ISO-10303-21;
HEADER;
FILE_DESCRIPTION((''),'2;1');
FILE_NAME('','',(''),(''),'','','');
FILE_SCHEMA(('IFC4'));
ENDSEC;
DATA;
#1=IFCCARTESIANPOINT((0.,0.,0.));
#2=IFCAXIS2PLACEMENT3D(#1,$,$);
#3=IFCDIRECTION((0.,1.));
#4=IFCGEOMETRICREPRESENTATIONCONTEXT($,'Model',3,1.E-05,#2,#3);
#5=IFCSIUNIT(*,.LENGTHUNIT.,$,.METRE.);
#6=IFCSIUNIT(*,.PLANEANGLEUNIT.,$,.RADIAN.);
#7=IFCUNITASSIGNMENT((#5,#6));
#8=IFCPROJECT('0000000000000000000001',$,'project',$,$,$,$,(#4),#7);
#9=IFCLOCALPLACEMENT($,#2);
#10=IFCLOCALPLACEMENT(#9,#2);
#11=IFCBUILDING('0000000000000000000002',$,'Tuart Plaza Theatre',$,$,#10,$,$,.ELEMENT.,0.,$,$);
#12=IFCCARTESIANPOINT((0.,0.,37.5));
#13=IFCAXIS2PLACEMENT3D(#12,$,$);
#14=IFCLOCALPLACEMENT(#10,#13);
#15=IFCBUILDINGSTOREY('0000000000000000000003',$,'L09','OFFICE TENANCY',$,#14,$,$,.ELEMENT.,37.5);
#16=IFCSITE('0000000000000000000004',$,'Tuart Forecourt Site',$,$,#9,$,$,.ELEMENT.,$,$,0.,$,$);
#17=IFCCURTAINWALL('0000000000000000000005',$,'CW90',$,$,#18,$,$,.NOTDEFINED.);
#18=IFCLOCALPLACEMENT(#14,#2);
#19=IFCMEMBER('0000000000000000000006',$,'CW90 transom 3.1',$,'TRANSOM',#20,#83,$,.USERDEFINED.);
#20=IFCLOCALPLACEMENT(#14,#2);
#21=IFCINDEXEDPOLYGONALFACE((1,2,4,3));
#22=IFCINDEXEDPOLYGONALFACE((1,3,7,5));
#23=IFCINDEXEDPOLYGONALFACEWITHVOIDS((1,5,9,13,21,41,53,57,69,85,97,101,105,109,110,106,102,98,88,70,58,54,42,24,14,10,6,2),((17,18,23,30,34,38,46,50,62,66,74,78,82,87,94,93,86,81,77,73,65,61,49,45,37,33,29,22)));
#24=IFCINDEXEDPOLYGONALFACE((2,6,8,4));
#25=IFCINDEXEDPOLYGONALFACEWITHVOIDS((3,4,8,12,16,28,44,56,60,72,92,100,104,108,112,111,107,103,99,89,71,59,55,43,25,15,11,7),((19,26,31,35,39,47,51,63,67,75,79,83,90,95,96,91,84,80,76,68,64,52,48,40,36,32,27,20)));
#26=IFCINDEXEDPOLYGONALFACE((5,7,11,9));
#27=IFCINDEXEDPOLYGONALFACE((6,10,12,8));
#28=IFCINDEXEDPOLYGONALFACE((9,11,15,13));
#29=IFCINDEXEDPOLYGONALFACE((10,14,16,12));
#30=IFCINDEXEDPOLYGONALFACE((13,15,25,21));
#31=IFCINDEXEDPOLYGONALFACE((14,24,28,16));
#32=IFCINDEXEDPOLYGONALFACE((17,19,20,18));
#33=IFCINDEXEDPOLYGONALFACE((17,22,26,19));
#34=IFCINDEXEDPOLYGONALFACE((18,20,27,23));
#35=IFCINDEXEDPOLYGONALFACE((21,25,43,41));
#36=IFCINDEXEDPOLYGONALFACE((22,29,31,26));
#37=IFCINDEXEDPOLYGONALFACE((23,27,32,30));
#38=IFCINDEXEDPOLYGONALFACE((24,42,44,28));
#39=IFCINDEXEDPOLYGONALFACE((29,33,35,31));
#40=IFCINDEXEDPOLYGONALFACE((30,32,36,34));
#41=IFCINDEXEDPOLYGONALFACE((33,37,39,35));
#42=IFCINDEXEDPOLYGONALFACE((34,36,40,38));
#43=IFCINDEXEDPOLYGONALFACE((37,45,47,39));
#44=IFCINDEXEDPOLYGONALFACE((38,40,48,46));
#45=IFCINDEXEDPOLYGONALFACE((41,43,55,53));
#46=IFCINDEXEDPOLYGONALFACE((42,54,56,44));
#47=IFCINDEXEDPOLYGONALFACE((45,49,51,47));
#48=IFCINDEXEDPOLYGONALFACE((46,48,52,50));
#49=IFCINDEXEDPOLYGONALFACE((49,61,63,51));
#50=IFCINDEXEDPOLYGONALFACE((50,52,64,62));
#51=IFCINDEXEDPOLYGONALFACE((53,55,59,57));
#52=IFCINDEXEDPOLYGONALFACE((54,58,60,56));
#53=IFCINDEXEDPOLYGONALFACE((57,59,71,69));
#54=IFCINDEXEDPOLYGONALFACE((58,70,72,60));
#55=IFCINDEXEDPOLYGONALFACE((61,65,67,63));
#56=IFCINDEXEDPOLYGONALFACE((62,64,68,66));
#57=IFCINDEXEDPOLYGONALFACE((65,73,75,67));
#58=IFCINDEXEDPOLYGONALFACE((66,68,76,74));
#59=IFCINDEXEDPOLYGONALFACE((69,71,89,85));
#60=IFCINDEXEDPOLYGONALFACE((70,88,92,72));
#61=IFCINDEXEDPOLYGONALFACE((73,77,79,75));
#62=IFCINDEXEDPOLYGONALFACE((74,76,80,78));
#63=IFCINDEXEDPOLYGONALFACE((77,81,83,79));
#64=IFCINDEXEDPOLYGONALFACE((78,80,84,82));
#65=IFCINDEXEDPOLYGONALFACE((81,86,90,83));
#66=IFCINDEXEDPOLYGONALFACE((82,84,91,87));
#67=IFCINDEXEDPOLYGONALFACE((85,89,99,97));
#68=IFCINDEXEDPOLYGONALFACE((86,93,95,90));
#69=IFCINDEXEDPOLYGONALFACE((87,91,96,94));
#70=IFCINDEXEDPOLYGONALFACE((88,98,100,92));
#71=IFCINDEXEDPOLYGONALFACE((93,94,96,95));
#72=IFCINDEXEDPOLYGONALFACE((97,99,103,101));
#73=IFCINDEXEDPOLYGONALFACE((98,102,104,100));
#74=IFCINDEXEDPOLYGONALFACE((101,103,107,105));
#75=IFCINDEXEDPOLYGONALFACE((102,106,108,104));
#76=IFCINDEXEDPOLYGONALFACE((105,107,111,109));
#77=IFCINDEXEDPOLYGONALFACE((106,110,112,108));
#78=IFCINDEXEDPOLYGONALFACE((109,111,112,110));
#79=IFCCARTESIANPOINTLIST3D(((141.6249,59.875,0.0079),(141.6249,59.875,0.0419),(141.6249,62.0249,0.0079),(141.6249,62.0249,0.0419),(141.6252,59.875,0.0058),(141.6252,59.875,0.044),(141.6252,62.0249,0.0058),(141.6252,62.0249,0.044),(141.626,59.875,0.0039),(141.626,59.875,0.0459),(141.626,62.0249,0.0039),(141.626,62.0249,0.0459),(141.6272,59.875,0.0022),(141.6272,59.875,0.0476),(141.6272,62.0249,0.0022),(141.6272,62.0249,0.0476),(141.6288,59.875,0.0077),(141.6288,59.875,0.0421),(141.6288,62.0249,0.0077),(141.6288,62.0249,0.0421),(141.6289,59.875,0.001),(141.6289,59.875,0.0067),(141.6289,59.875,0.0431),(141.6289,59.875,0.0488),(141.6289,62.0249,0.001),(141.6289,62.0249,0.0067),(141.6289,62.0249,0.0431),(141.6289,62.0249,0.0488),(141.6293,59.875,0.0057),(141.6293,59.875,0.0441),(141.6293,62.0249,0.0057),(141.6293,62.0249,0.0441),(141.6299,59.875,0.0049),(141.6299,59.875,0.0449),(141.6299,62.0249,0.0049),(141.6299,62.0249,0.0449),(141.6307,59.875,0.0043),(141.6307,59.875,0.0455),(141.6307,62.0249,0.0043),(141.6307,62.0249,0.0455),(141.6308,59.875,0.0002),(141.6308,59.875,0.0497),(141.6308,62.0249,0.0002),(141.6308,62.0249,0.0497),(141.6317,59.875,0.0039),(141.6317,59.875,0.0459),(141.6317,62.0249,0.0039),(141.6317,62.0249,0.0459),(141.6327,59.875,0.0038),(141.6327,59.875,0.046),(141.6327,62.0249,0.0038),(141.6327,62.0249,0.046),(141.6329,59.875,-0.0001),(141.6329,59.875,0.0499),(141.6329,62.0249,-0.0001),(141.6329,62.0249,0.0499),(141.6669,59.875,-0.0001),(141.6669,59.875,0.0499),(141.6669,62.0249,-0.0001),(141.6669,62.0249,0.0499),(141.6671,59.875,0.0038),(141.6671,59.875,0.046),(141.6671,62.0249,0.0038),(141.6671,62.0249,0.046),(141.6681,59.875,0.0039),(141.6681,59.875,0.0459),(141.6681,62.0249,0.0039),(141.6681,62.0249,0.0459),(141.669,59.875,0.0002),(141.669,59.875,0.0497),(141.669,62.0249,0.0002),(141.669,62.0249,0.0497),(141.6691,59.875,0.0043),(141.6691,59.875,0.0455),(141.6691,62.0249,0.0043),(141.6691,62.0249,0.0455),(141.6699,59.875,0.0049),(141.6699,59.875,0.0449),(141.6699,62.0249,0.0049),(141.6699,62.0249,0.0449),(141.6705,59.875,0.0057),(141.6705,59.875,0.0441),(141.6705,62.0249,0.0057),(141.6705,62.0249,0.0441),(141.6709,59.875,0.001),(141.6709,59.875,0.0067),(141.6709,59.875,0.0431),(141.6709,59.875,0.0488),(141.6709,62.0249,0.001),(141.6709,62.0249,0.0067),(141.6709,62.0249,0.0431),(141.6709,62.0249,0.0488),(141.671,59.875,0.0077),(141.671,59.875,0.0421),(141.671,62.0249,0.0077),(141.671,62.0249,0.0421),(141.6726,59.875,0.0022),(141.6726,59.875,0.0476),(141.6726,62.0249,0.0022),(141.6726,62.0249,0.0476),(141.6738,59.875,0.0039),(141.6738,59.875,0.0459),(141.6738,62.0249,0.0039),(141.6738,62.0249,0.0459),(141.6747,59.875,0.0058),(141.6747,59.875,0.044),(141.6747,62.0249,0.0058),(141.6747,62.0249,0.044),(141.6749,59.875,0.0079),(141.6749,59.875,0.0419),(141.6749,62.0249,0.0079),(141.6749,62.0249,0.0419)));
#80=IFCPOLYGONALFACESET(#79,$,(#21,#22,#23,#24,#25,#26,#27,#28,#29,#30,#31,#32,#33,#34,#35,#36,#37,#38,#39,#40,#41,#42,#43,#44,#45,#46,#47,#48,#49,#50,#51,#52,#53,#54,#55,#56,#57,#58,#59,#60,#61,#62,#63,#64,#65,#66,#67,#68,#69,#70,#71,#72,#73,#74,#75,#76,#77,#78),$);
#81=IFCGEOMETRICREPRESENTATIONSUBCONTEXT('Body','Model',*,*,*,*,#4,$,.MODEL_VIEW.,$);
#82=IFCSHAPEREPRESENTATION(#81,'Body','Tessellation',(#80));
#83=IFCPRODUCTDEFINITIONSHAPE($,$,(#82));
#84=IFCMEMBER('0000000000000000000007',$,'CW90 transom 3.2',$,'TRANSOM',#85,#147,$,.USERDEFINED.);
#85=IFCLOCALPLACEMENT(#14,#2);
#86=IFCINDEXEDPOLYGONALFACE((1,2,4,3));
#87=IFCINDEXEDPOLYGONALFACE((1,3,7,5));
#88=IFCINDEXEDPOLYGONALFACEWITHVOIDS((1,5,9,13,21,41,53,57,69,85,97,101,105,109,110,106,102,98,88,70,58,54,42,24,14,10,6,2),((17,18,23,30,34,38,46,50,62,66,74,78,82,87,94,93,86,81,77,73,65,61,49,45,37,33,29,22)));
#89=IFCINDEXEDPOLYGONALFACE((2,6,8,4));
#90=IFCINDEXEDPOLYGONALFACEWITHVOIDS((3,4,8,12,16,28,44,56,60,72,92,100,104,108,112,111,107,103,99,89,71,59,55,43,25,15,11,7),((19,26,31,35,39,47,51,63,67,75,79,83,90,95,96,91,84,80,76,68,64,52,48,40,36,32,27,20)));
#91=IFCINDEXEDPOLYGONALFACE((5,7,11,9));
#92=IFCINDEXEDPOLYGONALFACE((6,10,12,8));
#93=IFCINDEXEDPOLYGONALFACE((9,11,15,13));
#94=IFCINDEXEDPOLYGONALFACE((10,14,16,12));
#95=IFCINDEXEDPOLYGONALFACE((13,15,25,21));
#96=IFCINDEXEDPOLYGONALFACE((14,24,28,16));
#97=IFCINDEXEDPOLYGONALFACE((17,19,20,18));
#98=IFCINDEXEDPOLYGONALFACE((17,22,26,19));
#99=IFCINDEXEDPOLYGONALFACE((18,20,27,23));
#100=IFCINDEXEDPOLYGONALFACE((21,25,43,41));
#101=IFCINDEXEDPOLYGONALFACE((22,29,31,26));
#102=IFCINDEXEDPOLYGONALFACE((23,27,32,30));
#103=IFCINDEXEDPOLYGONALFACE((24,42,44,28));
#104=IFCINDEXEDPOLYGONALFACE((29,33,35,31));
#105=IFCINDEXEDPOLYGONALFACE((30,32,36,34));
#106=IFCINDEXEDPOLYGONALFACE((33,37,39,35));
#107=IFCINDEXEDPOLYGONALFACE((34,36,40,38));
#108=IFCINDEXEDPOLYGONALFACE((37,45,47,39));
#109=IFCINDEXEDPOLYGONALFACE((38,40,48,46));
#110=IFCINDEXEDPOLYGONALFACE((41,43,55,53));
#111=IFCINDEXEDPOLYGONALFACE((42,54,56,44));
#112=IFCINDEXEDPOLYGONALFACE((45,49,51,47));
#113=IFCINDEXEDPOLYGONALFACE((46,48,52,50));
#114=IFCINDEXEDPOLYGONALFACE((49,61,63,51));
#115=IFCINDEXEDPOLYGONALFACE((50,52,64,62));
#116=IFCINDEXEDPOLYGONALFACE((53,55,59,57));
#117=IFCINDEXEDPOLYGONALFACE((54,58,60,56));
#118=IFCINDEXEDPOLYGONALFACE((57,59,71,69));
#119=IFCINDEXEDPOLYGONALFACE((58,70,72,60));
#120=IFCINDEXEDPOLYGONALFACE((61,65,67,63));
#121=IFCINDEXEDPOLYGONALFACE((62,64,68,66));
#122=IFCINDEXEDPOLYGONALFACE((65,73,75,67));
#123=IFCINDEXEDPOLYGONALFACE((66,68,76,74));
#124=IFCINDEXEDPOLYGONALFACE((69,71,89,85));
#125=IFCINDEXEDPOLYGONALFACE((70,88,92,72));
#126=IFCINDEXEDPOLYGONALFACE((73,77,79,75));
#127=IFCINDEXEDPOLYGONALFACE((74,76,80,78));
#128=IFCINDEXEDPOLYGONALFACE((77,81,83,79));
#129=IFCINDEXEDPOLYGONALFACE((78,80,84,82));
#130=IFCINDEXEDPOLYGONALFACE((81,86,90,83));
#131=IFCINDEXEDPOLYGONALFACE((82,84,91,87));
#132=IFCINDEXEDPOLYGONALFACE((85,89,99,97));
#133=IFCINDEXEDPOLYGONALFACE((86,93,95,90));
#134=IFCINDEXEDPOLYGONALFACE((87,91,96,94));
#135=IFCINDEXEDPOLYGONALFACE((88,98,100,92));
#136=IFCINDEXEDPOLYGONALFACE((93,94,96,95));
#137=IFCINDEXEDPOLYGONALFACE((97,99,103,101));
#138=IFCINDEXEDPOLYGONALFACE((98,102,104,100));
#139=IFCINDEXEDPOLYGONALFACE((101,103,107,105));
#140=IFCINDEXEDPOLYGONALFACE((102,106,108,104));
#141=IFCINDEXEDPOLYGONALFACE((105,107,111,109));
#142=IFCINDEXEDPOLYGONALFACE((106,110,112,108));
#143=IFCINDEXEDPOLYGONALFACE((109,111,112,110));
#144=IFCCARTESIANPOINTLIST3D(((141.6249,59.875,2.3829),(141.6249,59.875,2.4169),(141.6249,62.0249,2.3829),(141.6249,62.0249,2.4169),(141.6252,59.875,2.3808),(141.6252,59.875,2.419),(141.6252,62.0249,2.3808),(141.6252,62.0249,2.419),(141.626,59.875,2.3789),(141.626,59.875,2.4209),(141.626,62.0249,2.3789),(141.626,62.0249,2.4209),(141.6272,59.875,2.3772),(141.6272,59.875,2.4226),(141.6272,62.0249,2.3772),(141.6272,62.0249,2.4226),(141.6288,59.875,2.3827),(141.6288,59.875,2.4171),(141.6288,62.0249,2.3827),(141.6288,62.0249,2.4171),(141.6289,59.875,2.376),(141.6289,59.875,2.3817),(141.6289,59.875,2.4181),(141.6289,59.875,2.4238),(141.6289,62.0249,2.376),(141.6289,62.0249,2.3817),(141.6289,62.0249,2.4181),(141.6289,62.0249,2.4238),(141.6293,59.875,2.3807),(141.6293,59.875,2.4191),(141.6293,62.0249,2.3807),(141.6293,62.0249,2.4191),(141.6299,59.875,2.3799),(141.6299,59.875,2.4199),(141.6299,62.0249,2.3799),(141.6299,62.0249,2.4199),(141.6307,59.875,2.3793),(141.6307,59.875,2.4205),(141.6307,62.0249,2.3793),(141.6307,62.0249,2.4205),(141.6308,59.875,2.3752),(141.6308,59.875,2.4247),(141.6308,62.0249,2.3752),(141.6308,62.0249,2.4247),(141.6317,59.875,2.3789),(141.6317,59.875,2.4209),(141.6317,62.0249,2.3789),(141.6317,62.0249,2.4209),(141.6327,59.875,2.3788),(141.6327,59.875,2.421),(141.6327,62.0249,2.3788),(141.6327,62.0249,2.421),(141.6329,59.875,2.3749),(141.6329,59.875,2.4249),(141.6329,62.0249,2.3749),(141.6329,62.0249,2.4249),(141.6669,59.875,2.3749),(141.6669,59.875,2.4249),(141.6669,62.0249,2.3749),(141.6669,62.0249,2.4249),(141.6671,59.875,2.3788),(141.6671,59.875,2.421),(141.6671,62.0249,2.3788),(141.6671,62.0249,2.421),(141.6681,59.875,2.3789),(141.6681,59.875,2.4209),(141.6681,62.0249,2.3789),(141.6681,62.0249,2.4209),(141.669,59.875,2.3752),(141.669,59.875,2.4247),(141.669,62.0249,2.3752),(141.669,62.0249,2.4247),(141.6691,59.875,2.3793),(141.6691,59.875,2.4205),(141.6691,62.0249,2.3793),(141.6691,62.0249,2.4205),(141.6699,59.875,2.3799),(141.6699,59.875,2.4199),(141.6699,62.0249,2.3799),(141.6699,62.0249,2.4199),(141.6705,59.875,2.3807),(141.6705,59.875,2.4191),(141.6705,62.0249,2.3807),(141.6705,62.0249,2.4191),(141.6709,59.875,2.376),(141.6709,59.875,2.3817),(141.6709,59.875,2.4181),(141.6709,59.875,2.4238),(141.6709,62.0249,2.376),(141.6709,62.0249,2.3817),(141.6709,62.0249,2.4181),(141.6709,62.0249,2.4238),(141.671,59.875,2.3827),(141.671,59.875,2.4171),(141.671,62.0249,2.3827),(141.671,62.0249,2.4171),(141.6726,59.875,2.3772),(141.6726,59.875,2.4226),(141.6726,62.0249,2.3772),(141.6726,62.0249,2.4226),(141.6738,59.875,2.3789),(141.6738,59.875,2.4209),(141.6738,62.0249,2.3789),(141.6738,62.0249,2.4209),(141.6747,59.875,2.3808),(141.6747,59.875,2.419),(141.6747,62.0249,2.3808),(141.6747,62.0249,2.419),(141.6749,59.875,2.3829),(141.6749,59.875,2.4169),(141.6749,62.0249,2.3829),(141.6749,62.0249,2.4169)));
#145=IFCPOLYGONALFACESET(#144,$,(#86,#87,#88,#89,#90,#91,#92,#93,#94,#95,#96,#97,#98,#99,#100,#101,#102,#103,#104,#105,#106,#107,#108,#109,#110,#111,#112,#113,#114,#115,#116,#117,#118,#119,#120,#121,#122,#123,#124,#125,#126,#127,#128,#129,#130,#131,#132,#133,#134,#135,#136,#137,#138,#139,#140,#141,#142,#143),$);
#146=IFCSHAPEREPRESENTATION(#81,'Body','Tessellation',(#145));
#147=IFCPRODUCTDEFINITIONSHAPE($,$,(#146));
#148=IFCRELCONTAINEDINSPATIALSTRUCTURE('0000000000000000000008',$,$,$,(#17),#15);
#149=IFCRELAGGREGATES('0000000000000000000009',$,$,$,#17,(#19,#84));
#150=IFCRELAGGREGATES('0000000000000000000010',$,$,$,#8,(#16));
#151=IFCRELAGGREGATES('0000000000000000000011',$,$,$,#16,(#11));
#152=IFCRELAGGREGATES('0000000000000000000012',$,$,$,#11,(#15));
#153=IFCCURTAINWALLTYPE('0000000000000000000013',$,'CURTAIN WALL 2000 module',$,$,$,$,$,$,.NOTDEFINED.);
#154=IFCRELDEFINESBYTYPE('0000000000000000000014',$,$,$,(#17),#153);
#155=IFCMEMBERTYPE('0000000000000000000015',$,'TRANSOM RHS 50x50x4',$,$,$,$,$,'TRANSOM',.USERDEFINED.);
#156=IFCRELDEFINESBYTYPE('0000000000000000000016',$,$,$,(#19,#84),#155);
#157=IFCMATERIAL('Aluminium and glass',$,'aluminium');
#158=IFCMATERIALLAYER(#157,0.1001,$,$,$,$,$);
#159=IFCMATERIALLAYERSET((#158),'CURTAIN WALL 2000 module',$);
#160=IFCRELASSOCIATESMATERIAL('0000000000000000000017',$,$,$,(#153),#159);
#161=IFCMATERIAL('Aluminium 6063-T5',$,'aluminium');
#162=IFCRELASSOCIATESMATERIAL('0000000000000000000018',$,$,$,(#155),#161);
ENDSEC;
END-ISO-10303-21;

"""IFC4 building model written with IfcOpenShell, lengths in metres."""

from ifc_helpers import new_model, si_unit, direction, frame, origin, origin_2d, place, context, subcontext, project, spatial, hollow_rectangle, extrude, material, layer, layer_set, material_profile, profile_set, type_object, element, aggregate, save


model = new_model("IFC4")

# Units and contexts
model_context = context("Model", 3, precision=1e-05, world=origin(), true_north=direction((0.0, 1.0)))
body_context = subcontext(model_context, "Body", "Model", "MODEL_VIEW")
ifc_project = project(units=[si_unit("LENGTHUNIT", "METRE"), si_unit("PLANEANGLEUNIT", "RADIAN")], contexts=[model_context])

# Site, building, storey
site_placement = place(None, origin())
site = spatial("IfcSite", under=ifc_project, at=site_placement, Name="Tuart Forecourt Site", CompositionType="ELEMENT", RefElevation=0.0)
building_placement = place(site_placement, origin())
building = spatial("IfcBuilding", under=site, at=building_placement, Name="Tuart Plaza Theatre", CompositionType="ELEMENT", ElevationOfRefHeight=0.0)
storey_placement = place(building_placement, frame((0.0, 0.0, 37.5)))
storey = spatial("IfcBuildingStorey", under=building, at=storey_placement, Name="L09", Description="OFFICE TENANCY", CompositionType="ELEMENT", Elevation=37.5)

# Shared definitions
ifc_material_1 = material(Name="Aluminium and glass", Category="aluminium")
ifc_layer_1 = layer(ifc_material_1, 0.1001)
ifc_layer_set_1 = layer_set([ifc_layer_1], Name="CURTAIN WALL 2000 module")
curtain_wall_type = type_object("IfcCurtainWallType", Name="CURTAIN WALL 2000 module", PredefinedType="NOTDEFINED", material=ifc_layer_set_1)

# Curtain wall, members
curtain_wall_1_placement = place(storey_placement, origin())
curtain_wall_1 = element("IfcCurtainWall", 1, at=curtain_wall_1_placement, inside=storey, type_object=curtain_wall_type, Name="CW90", PredefinedType="NOTDEFINED")
ifc_material_2 = material(Name="Aluminium 6063-T5", Category="aluminium")
ifc_material_profile_1 = material_profile(ifc_material_2, hollow_rectangle(XDim=0.05, YDim=0.05, WallThickness=0.0039, InnerFilletRadius=0.0039, OuterFilletRadius=0.0081, at=origin_2d()), Name="RHS 50x50x4")
ifc_profile_set_1 = profile_set([ifc_material_profile_1], Name="Aluminium 6063-T5")
member_type_1 = type_object("IfcMemberType", Name="TRANSOM RHS 50x50x4", ElementType="TRANSOM", PredefinedType="USERDEFINED", material=ifc_profile_set_1)
member_1_placement = place(storey_placement, frame((141.6499, 59.875, 0.0249), z_axis=(0.0, 1.0, 0.0), x_axis=(-1.0, 0.0, 0.0)))
member_1 = element("IfcMember", 2, at=member_1_placement, type_object=member_type_1, Name="CW90 transom 3.1", ObjectType="TRANSOM", PredefinedType="USERDEFINED", context=body_context, shape_type="SweptSolid", body=[
    extrude(hollow_rectangle(XDim=0.05, YDim=0.05, WallThickness=0.0039, InnerFilletRadius=0.0039, OuterFilletRadius=0.0081, at=origin_2d()), origin(), (0.0, 0.0, 1.0), 2.1499),
])
member_2_placement = place(storey_placement, frame((141.6499, 59.875, 2.3999), z_axis=(0.0, 1.0, 0.0), x_axis=(-1.0, 0.0, 0.0)))
member_2 = element("IfcMember", 3, at=member_2_placement, type_object=member_type_1, Name="CW90 transom 3.2", ObjectType="TRANSOM", PredefinedType="USERDEFINED", context=body_context, shape_type="SweptSolid", body=[
    extrude(hollow_rectangle(XDim=0.05, YDim=0.05, WallThickness=0.0039, InnerFilletRadius=0.0039, OuterFilletRadius=0.0081, at=origin_2d()), origin(), (0.0, 0.0, 1.0), 2.1499),
])
aggregate(curtain_wall_1, [member_1, member_2])

save(model, "model.ifc")
